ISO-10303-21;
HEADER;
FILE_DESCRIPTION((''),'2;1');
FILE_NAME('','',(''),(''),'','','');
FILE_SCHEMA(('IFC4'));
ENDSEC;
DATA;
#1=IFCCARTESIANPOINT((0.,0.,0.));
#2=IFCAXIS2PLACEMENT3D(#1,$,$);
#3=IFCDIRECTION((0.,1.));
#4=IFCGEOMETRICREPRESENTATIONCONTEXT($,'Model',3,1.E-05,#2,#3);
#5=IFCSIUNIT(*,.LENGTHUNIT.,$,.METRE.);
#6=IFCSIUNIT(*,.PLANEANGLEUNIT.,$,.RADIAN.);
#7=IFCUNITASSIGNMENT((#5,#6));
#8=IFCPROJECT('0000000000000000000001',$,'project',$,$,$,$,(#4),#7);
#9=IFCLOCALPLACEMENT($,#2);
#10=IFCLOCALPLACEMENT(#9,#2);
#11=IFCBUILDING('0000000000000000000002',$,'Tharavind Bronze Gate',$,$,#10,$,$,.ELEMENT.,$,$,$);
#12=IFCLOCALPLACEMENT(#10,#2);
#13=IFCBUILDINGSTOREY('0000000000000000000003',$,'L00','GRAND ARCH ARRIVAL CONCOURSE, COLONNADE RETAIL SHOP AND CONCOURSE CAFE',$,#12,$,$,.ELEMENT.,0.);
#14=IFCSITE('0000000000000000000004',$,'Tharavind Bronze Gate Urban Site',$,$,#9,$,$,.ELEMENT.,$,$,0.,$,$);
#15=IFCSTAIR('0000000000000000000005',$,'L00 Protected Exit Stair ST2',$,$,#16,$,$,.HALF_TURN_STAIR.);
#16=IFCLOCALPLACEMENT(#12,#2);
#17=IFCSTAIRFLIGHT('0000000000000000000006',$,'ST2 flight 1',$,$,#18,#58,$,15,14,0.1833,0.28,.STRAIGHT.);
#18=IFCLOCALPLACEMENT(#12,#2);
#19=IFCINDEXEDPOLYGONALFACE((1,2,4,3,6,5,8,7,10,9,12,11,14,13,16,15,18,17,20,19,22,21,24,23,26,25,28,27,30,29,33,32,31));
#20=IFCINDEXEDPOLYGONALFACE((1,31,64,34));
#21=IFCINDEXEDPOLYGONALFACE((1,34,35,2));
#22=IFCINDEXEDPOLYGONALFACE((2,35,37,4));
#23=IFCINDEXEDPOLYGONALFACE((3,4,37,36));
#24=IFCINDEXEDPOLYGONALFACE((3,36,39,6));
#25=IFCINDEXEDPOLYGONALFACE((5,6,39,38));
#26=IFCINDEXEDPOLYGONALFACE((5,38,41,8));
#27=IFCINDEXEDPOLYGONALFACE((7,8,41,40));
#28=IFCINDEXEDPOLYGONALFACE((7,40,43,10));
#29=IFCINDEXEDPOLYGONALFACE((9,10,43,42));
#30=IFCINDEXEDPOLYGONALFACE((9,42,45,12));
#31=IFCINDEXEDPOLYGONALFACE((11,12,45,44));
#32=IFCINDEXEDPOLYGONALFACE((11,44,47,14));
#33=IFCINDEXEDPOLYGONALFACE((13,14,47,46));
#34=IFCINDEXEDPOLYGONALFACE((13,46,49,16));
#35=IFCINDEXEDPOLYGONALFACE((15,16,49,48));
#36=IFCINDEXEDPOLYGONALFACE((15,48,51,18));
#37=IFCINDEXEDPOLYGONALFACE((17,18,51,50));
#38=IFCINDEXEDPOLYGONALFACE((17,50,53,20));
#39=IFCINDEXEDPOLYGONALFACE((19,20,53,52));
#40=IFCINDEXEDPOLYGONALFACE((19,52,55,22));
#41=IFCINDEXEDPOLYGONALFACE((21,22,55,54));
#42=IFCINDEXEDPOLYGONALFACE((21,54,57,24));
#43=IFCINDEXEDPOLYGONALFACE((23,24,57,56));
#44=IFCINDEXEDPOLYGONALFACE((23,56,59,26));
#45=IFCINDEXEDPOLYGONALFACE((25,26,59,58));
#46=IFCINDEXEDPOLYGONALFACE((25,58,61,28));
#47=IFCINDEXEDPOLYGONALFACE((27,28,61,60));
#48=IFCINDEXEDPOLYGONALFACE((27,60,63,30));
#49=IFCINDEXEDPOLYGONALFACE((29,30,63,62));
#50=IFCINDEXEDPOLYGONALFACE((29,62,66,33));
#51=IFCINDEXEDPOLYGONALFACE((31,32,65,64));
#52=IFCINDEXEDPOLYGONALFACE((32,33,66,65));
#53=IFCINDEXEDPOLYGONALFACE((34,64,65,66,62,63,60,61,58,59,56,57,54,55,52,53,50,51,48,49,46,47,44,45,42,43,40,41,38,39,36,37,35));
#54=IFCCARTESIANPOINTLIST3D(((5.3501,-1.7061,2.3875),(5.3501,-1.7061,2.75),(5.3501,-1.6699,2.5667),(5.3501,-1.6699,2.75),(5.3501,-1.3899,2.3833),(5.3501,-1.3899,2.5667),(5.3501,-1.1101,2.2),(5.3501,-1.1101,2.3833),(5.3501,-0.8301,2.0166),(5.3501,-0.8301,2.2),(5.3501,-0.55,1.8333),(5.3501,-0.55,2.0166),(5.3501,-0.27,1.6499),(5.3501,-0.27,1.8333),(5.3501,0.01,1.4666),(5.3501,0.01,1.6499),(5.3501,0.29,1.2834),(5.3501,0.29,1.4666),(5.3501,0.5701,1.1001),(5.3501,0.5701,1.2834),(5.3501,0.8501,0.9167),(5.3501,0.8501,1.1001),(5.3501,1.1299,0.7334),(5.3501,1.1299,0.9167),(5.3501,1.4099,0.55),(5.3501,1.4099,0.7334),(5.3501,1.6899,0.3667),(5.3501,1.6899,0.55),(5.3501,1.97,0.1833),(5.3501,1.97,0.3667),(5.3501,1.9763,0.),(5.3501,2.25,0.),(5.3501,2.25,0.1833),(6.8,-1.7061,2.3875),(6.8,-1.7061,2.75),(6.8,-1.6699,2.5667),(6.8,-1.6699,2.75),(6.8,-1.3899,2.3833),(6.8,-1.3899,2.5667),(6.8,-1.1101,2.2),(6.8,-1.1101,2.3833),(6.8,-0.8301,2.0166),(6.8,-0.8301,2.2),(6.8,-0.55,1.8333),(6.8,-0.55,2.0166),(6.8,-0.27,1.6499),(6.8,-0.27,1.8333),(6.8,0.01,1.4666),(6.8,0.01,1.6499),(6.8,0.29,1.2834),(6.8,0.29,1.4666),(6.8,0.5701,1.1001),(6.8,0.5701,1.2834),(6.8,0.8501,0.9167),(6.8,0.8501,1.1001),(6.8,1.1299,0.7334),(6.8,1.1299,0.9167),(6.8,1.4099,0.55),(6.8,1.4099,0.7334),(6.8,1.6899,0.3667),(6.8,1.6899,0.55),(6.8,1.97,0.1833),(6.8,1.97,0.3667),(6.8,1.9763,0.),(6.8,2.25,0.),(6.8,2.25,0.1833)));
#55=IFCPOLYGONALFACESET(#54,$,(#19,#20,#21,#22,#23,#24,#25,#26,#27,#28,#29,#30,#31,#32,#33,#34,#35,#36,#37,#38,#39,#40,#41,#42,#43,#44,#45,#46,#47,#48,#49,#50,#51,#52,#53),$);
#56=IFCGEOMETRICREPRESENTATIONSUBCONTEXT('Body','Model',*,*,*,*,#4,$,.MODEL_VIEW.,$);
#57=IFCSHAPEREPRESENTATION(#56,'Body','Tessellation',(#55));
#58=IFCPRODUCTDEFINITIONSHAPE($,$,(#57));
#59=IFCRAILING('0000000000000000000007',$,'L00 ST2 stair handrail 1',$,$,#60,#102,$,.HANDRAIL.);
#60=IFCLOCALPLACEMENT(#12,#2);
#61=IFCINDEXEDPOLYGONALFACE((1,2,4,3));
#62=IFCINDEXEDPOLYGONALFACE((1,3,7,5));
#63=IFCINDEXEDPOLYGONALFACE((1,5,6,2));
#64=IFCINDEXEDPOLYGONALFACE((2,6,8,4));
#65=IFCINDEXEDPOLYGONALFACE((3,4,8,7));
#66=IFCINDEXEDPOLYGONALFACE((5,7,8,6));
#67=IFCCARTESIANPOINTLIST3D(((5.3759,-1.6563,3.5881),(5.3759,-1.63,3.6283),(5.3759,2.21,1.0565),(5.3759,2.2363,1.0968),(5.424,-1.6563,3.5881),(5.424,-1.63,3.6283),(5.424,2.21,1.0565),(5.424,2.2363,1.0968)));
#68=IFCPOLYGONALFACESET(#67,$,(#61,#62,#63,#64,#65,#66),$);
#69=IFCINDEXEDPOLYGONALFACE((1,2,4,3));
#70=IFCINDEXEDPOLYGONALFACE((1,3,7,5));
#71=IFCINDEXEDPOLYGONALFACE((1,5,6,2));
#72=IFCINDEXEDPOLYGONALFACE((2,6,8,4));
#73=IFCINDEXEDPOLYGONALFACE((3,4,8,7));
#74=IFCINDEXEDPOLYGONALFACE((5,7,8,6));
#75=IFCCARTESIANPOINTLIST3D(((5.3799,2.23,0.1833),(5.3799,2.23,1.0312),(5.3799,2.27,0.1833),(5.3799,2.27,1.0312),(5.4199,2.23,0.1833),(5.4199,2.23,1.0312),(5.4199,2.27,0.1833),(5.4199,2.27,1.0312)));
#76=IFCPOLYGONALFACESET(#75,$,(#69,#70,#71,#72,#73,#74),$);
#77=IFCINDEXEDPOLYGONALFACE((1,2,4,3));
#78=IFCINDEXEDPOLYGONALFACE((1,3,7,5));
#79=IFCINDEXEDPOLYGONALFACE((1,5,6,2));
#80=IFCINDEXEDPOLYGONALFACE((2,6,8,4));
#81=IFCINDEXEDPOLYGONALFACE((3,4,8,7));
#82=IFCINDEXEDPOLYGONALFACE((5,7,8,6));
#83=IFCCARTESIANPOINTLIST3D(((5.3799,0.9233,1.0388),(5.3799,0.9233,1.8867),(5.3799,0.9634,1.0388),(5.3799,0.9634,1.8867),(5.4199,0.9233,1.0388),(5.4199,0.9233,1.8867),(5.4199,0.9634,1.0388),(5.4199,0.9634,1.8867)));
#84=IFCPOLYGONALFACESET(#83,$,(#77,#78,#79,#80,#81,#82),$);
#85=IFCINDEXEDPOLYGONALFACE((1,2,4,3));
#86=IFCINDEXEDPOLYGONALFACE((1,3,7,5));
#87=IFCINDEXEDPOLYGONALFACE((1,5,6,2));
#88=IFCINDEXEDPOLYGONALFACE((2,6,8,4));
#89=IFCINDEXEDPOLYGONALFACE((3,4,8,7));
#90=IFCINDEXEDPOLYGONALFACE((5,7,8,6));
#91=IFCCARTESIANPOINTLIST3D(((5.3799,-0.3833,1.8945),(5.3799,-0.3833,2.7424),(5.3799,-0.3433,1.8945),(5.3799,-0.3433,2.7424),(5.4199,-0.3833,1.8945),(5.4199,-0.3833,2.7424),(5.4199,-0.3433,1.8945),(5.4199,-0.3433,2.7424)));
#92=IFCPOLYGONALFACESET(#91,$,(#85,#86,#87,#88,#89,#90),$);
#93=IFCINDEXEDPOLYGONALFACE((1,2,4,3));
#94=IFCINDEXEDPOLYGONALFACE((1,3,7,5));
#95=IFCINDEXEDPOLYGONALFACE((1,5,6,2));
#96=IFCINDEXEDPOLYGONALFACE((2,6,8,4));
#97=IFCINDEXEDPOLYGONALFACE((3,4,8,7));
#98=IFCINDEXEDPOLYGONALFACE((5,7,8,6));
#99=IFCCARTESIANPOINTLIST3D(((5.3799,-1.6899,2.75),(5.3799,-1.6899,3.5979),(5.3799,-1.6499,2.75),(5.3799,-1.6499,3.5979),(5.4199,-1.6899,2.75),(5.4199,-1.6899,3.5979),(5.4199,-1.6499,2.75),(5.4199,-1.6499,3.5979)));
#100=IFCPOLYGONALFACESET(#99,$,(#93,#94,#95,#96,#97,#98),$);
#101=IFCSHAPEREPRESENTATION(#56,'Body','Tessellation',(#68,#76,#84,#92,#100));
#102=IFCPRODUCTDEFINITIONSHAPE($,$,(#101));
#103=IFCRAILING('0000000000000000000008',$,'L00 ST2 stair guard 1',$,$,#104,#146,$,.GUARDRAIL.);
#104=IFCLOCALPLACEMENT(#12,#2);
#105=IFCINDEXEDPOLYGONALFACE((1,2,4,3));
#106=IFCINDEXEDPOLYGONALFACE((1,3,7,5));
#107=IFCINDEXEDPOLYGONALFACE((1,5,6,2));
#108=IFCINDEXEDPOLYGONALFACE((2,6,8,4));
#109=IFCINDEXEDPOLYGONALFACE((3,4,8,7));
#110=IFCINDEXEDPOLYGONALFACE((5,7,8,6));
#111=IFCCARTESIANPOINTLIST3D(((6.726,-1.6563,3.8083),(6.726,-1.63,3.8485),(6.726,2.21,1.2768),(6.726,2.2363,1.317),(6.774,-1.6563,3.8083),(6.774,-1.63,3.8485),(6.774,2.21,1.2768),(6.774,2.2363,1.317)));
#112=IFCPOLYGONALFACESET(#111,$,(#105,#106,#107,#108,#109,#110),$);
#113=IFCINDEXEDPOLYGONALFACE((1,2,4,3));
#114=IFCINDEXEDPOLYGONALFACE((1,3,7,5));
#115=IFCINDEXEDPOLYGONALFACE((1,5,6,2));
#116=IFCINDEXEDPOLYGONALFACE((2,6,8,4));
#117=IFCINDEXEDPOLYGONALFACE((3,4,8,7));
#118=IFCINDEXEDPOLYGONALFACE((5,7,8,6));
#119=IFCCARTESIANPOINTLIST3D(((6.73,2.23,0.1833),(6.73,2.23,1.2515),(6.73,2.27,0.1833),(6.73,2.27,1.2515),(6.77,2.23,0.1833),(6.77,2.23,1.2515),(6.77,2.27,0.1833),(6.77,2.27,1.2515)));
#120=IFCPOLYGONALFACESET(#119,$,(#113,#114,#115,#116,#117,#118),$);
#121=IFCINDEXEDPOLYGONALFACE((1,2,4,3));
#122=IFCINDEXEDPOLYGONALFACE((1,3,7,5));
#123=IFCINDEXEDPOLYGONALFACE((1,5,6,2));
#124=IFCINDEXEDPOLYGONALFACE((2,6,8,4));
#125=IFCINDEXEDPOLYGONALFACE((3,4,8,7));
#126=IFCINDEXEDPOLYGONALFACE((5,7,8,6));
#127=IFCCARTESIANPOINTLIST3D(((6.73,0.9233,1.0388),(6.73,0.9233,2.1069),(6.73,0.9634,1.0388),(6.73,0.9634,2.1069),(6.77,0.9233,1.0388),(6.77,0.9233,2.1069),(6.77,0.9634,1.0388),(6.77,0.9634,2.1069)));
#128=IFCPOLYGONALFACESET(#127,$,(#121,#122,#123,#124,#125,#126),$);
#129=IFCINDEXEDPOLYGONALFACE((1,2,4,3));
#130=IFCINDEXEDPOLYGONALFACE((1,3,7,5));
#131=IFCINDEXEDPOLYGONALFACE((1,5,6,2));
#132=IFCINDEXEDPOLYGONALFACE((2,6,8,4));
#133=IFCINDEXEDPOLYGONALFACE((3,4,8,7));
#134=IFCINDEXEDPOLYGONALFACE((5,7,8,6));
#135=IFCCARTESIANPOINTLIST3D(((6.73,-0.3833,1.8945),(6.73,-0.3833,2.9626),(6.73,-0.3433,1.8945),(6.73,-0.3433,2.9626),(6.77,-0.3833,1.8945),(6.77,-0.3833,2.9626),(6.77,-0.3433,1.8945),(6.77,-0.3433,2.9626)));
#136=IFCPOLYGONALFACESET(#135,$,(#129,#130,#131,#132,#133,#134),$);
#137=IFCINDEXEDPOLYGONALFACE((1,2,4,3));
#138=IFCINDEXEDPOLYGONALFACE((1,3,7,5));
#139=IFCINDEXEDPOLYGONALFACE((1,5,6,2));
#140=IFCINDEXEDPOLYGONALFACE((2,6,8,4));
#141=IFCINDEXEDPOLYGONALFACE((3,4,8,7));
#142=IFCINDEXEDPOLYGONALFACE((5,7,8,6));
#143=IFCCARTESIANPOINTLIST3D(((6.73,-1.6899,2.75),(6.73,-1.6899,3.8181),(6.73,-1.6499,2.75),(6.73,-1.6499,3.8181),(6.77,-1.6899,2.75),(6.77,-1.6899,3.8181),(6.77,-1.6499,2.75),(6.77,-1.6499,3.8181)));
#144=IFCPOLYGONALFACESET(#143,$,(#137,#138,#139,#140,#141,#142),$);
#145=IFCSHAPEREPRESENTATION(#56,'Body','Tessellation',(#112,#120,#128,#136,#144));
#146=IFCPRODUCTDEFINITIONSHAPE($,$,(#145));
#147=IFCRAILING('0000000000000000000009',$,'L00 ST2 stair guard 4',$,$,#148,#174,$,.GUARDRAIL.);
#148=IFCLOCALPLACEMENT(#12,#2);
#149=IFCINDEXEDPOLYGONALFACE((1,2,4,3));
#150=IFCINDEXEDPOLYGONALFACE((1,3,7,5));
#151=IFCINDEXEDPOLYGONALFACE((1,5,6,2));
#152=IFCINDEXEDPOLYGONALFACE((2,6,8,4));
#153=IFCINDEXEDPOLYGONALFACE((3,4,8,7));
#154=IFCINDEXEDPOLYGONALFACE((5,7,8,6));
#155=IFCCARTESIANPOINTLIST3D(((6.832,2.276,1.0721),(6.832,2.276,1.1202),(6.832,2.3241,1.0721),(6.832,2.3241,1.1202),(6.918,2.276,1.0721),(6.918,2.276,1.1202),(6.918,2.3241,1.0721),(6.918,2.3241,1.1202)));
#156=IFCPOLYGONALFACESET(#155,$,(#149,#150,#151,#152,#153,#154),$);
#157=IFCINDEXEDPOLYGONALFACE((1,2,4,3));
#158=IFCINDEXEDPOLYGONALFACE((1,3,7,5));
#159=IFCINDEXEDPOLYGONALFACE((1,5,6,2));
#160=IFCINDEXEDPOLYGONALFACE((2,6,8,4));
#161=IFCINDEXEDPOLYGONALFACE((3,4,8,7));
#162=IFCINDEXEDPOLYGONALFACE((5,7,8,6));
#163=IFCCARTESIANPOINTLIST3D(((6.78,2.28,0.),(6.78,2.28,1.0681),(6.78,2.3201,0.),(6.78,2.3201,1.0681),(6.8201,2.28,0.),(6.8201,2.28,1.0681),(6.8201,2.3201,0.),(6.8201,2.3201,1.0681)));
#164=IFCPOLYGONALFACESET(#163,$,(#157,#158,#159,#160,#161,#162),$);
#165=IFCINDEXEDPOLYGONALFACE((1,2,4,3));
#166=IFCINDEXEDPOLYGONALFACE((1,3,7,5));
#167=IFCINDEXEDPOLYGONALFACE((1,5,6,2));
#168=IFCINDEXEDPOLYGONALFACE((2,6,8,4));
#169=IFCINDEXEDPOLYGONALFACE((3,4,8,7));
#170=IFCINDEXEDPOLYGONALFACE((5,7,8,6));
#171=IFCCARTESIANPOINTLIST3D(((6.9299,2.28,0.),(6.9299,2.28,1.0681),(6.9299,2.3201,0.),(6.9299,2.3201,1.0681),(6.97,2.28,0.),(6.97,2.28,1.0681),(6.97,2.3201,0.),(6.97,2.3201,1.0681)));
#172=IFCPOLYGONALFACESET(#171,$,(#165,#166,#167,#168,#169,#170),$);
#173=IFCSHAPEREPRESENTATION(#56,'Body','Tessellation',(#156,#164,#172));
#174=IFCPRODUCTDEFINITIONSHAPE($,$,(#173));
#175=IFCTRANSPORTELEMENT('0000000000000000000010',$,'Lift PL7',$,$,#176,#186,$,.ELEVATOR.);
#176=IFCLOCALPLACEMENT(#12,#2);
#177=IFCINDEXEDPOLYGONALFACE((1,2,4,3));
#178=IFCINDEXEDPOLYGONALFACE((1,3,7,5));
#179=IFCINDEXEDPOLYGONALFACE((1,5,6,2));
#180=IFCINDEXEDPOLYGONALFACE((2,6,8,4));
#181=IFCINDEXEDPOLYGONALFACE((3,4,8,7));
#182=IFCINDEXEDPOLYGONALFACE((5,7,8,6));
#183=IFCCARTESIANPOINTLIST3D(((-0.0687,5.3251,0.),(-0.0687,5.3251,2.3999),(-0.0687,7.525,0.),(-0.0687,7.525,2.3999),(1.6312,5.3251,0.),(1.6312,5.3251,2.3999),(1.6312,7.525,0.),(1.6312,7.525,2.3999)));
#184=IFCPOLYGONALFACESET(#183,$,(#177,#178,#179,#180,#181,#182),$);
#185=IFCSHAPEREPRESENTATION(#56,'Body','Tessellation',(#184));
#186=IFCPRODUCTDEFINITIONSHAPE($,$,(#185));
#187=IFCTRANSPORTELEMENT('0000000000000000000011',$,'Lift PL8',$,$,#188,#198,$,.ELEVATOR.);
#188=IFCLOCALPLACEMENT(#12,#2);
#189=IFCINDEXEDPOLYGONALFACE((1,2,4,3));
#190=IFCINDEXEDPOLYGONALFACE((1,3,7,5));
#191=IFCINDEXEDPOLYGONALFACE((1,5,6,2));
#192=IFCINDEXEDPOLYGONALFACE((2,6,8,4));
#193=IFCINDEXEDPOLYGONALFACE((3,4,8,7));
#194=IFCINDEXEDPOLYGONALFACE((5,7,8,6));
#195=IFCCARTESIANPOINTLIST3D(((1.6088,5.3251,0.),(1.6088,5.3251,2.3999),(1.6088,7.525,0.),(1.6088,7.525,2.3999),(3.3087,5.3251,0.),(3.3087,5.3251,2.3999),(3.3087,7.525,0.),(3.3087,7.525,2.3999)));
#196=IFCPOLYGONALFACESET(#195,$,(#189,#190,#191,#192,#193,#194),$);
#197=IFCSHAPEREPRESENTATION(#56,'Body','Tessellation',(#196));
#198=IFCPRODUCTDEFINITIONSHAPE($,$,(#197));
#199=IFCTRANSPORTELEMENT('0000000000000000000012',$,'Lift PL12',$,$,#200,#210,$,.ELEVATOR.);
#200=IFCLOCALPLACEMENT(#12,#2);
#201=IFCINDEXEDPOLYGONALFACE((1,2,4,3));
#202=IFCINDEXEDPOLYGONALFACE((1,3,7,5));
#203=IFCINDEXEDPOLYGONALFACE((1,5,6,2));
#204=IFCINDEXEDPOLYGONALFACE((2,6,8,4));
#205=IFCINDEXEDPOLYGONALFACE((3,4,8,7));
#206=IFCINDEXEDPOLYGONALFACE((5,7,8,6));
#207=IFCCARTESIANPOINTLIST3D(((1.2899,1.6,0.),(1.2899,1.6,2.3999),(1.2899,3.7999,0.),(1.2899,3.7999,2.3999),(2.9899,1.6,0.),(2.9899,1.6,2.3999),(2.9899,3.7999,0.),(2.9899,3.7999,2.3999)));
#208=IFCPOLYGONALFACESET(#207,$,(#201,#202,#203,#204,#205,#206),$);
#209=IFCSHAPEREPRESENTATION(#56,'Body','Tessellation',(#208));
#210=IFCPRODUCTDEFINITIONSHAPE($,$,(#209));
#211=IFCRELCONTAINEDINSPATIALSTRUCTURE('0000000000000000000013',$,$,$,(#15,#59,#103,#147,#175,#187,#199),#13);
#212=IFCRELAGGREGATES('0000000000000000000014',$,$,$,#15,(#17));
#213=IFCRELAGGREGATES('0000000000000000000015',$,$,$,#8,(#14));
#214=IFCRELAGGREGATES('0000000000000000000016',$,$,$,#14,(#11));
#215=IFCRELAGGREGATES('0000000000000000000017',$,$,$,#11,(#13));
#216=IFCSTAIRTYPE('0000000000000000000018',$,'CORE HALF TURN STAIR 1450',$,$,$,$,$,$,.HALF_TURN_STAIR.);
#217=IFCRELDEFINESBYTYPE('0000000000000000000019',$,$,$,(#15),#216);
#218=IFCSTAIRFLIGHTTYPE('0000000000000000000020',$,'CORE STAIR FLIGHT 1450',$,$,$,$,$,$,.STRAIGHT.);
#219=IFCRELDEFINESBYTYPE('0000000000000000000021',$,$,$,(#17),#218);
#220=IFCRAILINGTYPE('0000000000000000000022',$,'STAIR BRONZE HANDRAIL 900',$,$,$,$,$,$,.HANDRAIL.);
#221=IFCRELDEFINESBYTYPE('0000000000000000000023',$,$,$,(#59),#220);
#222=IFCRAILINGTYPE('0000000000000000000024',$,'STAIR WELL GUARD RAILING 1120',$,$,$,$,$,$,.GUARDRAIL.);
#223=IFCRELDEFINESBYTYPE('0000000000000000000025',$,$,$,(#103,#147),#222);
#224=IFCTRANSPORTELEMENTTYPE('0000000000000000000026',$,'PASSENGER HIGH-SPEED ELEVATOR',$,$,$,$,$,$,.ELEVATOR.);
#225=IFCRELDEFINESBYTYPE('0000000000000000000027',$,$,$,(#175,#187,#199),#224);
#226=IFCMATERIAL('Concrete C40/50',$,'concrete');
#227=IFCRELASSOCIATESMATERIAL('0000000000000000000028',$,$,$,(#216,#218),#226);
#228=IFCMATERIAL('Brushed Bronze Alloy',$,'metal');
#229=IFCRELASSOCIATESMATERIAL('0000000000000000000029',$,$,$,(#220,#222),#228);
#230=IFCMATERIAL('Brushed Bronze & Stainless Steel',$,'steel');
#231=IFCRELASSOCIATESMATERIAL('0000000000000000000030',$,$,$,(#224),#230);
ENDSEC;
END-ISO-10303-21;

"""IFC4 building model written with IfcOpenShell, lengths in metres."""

from ifc_helpers import new_model, si_unit, direction, frame, origin, origin_2d, place, context, subcontext, project, spatial, polyline, rectangle, outline, extrude, material, type_object, element, aggregate, save


model = new_model("IFC4")

# Units and contexts
model_context = context("Model", 3, precision=1e-05, world=origin(), true_north=direction((0.0, 1.0)))
body_context = subcontext(model_context, "Body", "Model", "MODEL_VIEW")
ifc_project = project(units=[si_unit("LENGTHUNIT", "METRE"), si_unit("PLANEANGLEUNIT", "RADIAN")], contexts=[model_context])

# Site, building, storey
site_placement = place(None, origin())
site = spatial("IfcSite", under=ifc_project, at=site_placement, Name="Tharavind Bronze Gate Urban Site", CompositionType="ELEMENT", RefElevation=0.0)
building_placement = place(site_placement, origin())
building = spatial("IfcBuilding", under=site, at=building_placement, Name="Tharavind Bronze Gate", CompositionType="ELEMENT")
storey_placement = place(building_placement, origin())
storey = spatial("IfcBuildingStorey", under=building, at=storey_placement, Name="L00", Description="GRAND ARCH ARRIVAL CONCOURSE, COLONNADE RETAIL SHOP AND CONCOURSE CAFE", CompositionType="ELEMENT", Elevation=0.0)

# Shared definitions
ifc_material_1 = material(Name="Concrete C40/50", Category="concrete")

# Stair, stair flight
stair_type = type_object("IfcStairType", Name="CORE HALF TURN STAIR 1450", PredefinedType="HALF_TURN_STAIR", material=ifc_material_1)
stair_placement = place(storey_placement, origin())
stair = element("IfcStair", 1, at=stair_placement, inside=storey, type_object=stair_type, Name="L00 Protected Exit Stair ST2", PredefinedType="HALF_TURN_STAIR")
stair_flight_type = type_object("IfcStairFlightType", Name="CORE STAIR FLIGHT 1450", PredefinedType="STRAIGHT", material=ifc_material_1)
stair_flight_placement = place(storey_placement, frame((6.075, 2.25, 0.0), z_axis=(0.0, 0.0, 1.0), x_axis=(0.0, -1.0, 0.0)))
stair_flight = element("IfcStairFlight", 2, at=stair_flight_placement, type_object=stair_flight_type, Name="ST2 flight 1", NumberOfRisers=15, NumberOfTreads=14, PredefinedType="STRAIGHT", RiserHeight=0.1833, TreadLength=0.28, context=body_context, shape_type="SweptSolid", body=[
    extrude(outline(polyline([(0.0, 0.0), (0.0, 0.1833), (0.28, 0.1833), (0.28, 0.3667), (0.5601, 0.3667), (0.5601, 0.55), (0.8401, 0.55), (0.8401, 0.7334), (1.1201, 0.7334), (1.1201, 0.9167), (1.3999, 0.9167), (1.3999, 1.1001), (1.6799, 1.1001), (1.6799, 1.2834), (1.96, 1.2834), (1.96, 1.4666), (2.24, 1.4666), (2.24, 1.6499), (2.52, 1.6499), (2.52, 1.8333), (2.8, 1.8333), (2.8, 2.0166), (3.0801, 2.0166), (3.0801, 2.2), (3.3601, 2.2), (3.3601, 2.3833), (3.6399, 2.3833), (3.6399, 2.5667), (3.9199, 2.5667), (3.9199, 2.75), (3.9561, 2.75), (3.9561, 2.3875), (0.2737, 0.0), (0.0, 0.0)])), frame((0.0, 0.7251, 0.0), z_axis=(0.0, -1.0, 0.0), x_axis=(1.0, 0.0, 0.0)), (0.0, 0.0, 1.0), 1.45),
])
aggregate(stair, [stair_flight])

# Railings
ifc_material_2 = material(Name="Brushed Bronze Alloy", Category="metal")
railing_type_1 = type_object("IfcRailingType", Name="STAIR BRONZE HANDRAIL 900", PredefinedType="HANDRAIL", material=ifc_material_2)
railing_1_placement = place(storey_placement, frame((5.3999, 2.25, 0.1833)))
element("IfcRailing", 3, at=railing_1_placement, inside=storey, type_object=railing_type_1, Name="L00 ST2 stair handrail 1", PredefinedType="HANDRAIL", context=body_context, shape_type="SweptSolid", body=[
    extrude(rectangle(XDim=0.0481, YDim=0.0481, at=origin_2d()), frame((0.0, -0.0269, 0.8933), z_axis=(0.0, -0.836615, 0.547791), x_axis=(1.0, 0.0, 0.0)), (0.0, 0.0, 1.0), 4.6213),
    extrude(rectangle(XDim=0.04, YDim=0.04, at=origin_2d()), origin(), (0.0, 0.0, 1.0), 0.8479),
    extrude(rectangle(XDim=0.04, YDim=0.04, at=origin_2d()), frame((0.0, -1.3066, 0.8555)), (0.0, 0.0, 1.0), 0.8479),
    extrude(rectangle(XDim=0.04, YDim=0.04, at=origin_2d()), frame((0.0, -2.6133, 1.7112)), (0.0, 0.0, 1.0), 0.8479),
    extrude(rectangle(XDim=0.04, YDim=0.04, at=origin_2d()), frame((0.0, -3.9199, 2.5667)), (0.0, 0.0, 1.0), 0.8479),
])
railing_type_2 = type_object("IfcRailingType", Name="STAIR WELL GUARD RAILING 1120", PredefinedType="GUARDRAIL", material=ifc_material_2)
railing_2_placement = place(storey_placement, frame((6.75, 2.25, 0.1833)))
element("IfcRailing", 4, at=railing_2_placement, inside=storey, type_object=railing_type_2, Name="L00 ST2 stair guard 1", PredefinedType="GUARDRAIL", context=body_context, shape_type="SweptSolid", body=[
    extrude(rectangle(XDim=0.0481, YDim=0.0481, at=origin_2d()), frame((0.0, -0.0269, 1.1135), z_axis=(0.0, -0.836615, 0.547791), x_axis=(1.0, 0.0, 0.0)), (0.0, 0.0, 1.0), 4.6213),
    extrude(rectangle(XDim=0.04, YDim=0.04, at=origin_2d()), origin(), (0.0, 0.0, 1.0), 1.0681),
    extrude(rectangle(XDim=0.04, YDim=0.04, at=origin_2d()), frame((0.0, -1.3066, 0.8555)), (0.0, 0.0, 1.0), 1.0681),
    extrude(rectangle(XDim=0.04, YDim=0.04, at=origin_2d()), frame((0.0, -2.6133, 1.7112)), (0.0, 0.0, 1.0), 1.0681),
    extrude(rectangle(XDim=0.04, YDim=0.04, at=origin_2d()), frame((0.0, -3.9199, 2.5667)), (0.0, 0.0, 1.0), 1.0681),
])
railing_3_placement = place(storey_placement, frame((6.8, 2.3, 0.0)))
element("IfcRailing", 5, at=railing_3_placement, inside=storey, type_object=railing_type_2, Name="L00 ST2 stair guard 4", PredefinedType="GUARDRAIL", context=body_context, shape_type="SweptSolid", body=[
    extrude(rectangle(XDim=0.0481, YDim=0.0481, at=origin_2d()), frame((0.032, 0.0, 1.0962), z_axis=(1.0, 0.0, 0.0), x_axis=(0.0, 1.0, 0.0)), (0.0, 0.0, 1.0), 0.0859),
    extrude(rectangle(XDim=0.04, YDim=0.04, at=origin_2d()), origin(), (0.0, 0.0, 1.0), 1.0681),
    extrude(rectangle(XDim=0.04, YDim=0.04, at=origin_2d()), frame((0.1499, 0.0, 0.0)), (0.0, 0.0, 1.0), 1.0681),
])

# Transport elements
ifc_material_3 = material(Name="Brushed Bronze & Stainless Steel", Category="steel")
transport_element_type = type_object("IfcTransportElementType", Name="PASSENGER HIGH-SPEED ELEVATOR", PredefinedType="ELEVATOR", material=ifc_material_3)
for number, where, z_axis, x_axis, name in (
    (6, (0.7812, 6.425, 0.0), (0.0, 0.0, 1.0), (1.0, 0.0, 0.0), "Lift PL7"),
    (7, (2.4587, 6.425, 0.0), (0.0, 0.0, 1.0), (1.0, 0.0, 0.0), "Lift PL8"),
    (8, (2.1399, 2.7, 0.0), (0.0, 0.0, 1.0), (1.0, 0.0, 0.0), "Lift PL12"),
):
    element("IfcTransportElement", number, at=place(storey_placement, frame(where, z_axis=z_axis, x_axis=x_axis)), inside=storey, type_object=transport_element_type, Name=name, PredefinedType="ELEVATOR", context=body_context, shape_type="SweptSolid", body=[
        extrude(rectangle(XDim=1.7, YDim=2.2, at=origin_2d()), origin(), (0.0, 0.0, 1.0), 2.3999),
    ])

save(model, "model.ifc")
